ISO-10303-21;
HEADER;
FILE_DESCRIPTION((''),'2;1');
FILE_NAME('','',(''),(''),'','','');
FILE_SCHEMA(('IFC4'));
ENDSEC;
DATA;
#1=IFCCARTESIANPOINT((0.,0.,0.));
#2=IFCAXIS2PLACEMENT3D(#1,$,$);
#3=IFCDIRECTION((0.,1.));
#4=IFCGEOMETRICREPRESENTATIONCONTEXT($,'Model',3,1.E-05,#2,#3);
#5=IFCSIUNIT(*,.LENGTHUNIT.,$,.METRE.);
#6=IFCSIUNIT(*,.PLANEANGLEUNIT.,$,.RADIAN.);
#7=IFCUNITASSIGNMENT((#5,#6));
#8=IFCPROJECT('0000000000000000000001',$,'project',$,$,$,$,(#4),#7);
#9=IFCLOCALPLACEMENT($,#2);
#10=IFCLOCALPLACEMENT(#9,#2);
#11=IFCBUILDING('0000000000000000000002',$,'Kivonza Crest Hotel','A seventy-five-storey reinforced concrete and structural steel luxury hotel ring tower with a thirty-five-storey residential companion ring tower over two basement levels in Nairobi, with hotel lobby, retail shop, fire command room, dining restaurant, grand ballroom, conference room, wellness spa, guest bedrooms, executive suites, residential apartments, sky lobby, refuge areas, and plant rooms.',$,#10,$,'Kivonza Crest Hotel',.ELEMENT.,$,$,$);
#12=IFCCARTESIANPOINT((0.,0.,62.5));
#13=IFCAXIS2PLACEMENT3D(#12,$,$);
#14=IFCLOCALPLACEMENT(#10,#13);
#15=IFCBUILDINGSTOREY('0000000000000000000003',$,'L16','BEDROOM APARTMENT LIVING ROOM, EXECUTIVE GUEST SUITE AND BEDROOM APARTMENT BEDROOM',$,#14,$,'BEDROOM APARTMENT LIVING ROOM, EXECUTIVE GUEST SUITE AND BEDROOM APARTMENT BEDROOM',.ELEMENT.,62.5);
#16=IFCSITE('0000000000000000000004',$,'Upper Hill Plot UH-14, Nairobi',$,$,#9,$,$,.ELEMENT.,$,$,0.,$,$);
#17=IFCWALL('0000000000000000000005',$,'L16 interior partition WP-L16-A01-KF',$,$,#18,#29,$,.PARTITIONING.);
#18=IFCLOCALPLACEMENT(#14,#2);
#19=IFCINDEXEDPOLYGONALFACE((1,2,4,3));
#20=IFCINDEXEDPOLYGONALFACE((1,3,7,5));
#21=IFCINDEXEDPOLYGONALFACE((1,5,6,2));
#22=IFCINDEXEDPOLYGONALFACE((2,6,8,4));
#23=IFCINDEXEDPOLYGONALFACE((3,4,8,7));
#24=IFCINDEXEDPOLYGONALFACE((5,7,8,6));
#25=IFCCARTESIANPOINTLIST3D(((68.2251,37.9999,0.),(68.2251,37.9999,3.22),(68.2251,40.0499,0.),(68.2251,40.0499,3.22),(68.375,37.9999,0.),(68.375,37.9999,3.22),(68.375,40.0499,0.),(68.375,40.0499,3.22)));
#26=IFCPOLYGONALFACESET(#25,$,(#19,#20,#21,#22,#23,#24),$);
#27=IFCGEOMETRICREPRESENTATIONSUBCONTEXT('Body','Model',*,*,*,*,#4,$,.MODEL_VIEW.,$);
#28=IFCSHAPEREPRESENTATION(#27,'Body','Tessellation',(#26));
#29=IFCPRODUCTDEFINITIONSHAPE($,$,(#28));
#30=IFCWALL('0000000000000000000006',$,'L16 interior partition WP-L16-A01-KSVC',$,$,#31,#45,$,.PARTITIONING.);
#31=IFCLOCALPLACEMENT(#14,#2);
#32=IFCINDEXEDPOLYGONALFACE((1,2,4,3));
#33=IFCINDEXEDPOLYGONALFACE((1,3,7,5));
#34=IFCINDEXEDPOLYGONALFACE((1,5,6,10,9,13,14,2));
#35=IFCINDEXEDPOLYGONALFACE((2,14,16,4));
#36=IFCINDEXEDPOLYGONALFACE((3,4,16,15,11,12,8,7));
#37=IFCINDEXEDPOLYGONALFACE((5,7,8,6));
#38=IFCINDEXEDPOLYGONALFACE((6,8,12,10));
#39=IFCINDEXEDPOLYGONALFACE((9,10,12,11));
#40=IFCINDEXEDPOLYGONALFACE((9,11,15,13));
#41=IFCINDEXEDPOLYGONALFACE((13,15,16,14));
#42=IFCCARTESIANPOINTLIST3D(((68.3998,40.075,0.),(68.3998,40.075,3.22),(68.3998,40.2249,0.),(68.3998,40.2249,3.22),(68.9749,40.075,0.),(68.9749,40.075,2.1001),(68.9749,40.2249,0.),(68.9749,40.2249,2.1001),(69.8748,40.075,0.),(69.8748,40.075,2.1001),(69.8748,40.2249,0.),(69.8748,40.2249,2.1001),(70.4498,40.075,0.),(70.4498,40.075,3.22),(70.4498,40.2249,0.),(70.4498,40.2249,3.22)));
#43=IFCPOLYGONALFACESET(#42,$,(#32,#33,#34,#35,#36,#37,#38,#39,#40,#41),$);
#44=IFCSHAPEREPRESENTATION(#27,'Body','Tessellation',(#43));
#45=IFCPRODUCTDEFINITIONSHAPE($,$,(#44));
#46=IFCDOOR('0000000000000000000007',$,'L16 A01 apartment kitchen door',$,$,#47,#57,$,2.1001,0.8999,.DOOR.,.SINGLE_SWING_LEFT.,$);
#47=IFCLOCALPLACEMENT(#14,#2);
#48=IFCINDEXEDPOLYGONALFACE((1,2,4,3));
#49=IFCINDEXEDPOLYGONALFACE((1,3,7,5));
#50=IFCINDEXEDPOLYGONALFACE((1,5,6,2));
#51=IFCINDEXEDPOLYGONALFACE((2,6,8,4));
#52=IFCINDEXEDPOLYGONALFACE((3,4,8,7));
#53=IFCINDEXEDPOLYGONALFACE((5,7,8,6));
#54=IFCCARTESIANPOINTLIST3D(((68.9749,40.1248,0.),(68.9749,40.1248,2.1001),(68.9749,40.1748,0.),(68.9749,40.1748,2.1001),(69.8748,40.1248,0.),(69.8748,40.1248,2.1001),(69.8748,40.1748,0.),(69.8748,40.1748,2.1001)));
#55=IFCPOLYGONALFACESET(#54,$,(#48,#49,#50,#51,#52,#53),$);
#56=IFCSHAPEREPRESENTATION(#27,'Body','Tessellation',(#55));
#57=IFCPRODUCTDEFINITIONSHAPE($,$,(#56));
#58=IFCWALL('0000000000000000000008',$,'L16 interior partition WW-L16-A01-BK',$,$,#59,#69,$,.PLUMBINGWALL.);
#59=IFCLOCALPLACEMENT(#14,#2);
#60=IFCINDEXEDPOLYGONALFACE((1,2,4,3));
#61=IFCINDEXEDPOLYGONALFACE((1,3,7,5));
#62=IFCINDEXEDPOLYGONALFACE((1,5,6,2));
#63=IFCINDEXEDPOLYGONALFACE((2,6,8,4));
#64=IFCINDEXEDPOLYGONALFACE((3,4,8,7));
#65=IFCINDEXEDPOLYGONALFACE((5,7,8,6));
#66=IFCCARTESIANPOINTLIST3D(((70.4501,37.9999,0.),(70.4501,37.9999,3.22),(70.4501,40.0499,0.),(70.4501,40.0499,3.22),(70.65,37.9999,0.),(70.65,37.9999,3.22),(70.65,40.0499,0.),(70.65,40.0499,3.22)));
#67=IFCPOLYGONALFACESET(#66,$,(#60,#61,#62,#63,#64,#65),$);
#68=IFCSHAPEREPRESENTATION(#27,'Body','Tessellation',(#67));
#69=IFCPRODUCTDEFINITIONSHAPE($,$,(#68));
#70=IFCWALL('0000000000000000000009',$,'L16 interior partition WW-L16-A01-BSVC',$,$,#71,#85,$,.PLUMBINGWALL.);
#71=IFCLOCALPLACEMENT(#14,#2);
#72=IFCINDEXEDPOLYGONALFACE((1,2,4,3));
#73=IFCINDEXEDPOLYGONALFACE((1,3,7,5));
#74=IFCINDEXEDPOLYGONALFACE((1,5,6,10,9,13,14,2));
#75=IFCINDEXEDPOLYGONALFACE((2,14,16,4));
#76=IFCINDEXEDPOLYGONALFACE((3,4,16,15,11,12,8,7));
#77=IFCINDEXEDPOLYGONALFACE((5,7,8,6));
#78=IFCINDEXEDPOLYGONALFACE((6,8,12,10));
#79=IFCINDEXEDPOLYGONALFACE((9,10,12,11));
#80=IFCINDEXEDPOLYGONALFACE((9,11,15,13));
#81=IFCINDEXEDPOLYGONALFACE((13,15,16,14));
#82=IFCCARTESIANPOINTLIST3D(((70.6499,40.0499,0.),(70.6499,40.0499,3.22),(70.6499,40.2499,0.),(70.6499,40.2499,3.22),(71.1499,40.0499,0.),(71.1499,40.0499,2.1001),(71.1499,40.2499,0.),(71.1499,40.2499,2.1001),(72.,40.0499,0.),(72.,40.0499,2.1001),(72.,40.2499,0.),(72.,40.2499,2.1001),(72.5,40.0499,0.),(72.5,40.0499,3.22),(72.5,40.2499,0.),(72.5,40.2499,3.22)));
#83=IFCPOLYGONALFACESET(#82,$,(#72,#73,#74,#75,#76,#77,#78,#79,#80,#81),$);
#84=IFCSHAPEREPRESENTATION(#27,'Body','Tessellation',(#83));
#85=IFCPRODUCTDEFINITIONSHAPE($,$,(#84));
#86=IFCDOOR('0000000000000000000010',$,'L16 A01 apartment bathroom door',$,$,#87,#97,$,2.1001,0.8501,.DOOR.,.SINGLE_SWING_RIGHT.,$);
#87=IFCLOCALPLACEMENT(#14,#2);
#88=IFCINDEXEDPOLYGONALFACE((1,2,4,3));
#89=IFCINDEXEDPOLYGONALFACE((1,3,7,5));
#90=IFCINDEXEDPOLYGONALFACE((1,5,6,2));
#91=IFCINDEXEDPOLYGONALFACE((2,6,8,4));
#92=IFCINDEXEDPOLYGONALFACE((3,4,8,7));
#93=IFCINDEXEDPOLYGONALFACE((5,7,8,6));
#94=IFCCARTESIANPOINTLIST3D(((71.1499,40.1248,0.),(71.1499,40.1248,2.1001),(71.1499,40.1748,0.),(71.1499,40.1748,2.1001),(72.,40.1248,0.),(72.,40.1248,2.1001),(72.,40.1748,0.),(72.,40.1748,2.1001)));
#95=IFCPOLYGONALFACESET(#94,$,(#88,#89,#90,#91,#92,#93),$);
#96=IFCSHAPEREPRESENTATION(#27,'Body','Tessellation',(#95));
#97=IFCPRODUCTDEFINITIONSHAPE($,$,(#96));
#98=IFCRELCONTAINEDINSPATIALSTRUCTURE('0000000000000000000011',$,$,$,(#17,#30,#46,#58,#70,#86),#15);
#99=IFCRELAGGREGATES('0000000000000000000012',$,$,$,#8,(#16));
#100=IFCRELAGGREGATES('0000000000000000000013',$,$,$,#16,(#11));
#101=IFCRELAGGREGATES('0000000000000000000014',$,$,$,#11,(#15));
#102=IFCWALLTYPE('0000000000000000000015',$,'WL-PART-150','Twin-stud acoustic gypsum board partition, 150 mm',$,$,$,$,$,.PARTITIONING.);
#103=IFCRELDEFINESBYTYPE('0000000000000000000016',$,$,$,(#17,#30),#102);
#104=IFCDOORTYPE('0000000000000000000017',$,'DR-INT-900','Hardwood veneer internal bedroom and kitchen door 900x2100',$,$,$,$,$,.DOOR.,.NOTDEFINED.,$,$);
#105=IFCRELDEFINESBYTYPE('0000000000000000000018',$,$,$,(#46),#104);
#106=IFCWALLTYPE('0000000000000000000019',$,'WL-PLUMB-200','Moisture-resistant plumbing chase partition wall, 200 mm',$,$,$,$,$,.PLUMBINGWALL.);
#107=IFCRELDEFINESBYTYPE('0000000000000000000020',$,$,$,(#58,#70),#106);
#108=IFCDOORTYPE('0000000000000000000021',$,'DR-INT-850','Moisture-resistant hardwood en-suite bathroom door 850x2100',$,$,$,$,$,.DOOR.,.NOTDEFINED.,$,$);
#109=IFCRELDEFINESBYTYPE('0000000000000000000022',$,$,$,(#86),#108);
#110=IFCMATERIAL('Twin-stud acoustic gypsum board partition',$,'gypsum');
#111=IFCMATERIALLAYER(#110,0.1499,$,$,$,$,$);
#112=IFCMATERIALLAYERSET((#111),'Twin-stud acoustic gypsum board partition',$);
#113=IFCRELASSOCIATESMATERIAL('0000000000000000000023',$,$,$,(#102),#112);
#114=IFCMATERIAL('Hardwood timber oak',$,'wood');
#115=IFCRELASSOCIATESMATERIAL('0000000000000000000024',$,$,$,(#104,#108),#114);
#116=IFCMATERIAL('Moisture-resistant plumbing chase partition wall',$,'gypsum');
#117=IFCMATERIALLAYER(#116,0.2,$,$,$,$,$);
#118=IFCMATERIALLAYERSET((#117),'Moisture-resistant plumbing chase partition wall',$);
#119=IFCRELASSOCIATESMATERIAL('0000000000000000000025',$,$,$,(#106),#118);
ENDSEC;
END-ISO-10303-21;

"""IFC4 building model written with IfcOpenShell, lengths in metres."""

from ifc_helpers import new_model, si_unit, direction, frame, frame_2d, origin, place, context, subcontext, project, spatial, rectangle, extrude, material, layer, layer_set, type_object, element, fill, save


model = new_model("IFC4")

# Units and contexts
model_context = context("Model", 3, precision=1e-05, world=origin(), true_north=direction((0.0, 1.0)))
body_context = subcontext(model_context, "Body", "Model", "MODEL_VIEW")
ifc_project = project(units=[si_unit("LENGTHUNIT", "METRE"), si_unit("PLANEANGLEUNIT", "RADIAN")], contexts=[model_context])

# Site, building, storey
site_placement = place(None, origin())
site = spatial("IfcSite", under=ifc_project, at=site_placement, Name="Upper Hill Plot UH-14, Nairobi", CompositionType="ELEMENT", RefElevation=0.0)
building_placement = place(site_placement, origin())
building = spatial("IfcBuilding", under=site, at=building_placement, Name="Kivonza Crest Hotel", Description="A seventy-five-storey reinforced concrete and structural steel luxury hotel ring tower with a thirty-five-storey residential companion ring tower over two basement levels in Nairobi, with hotel lobby, retail shop, fire command room, dining restaurant, grand ballroom, conference room, wellness spa, guest bedrooms, executive suites, residential apartments, sky lobby, refuge areas, and plant rooms.", LongName="Kivonza Crest Hotel", CompositionType="ELEMENT")
storey_placement = place(building_placement, frame((0.0, 0.0, 62.5)))
storey = spatial("IfcBuildingStorey", under=building, at=storey_placement, Name="L16", Description="BEDROOM APARTMENT LIVING ROOM, EXECUTIVE GUEST SUITE AND BEDROOM APARTMENT BEDROOM", LongName="BEDROOM APARTMENT LIVING ROOM, EXECUTIVE GUEST SUITE AND BEDROOM APARTMENT BEDROOM", CompositionType="ELEMENT", Elevation=62.5)

# Shared definitions
ifc_material_1 = material(Name="Hardwood timber oak", Category="wood")

# Wall
ifc_material_2 = material(Name="Twin-stud acoustic gypsum board partition", Category="gypsum")
ifc_layer_1 = layer(ifc_material_2, 0.1499)
ifc_layer_set_1 = layer_set([ifc_layer_1], Name="Twin-stud acoustic gypsum board partition")
wall_type_1 = type_object("IfcWallType", Name="WL-PART-150", Description="Twin-stud acoustic gypsum board partition, 150 mm", PredefinedType="PARTITIONING", material=ifc_layer_set_1)
wall_1_placement = place(storey_placement, frame((68.3, 38.0, 0.0), z_axis=(0.0, 0.0, 1.0), x_axis=(0.0, 1.0, 0.0)))
element("IfcWall", 1, at=wall_1_placement, inside=storey, type_object=wall_type_1, Name="L16 interior partition WP-L16-A01-KF", PredefinedType="PARTITIONING", context=body_context, shape_type="SweptSolid", body=[
    extrude(rectangle(XDim=2.05, YDim=0.1499, at=frame_2d((1.0249, 0.0))), origin(), (0.0, 0.0, 1.0), 3.22),
])

# Wall, opening, door
wall_2_placement = place(storey_placement, frame((68.3999, 40.1499, 0.0), z_axis=(0.0, 0.0, 1.0), x_axis=(1.0, 0.0, 0.0)))
wall_2 = element("IfcWall", 2, at=wall_2_placement, inside=storey, type_object=wall_type_1, Name="L16 interior partition WP-L16-A01-KSVC", PredefinedType="PARTITIONING", context=body_context, shape_type="SweptSolid", body=[
    extrude(rectangle(XDim=2.05, YDim=0.1499, at=frame_2d((1.0249, 0.0))), origin(), (0.0, 0.0, 1.0), 3.22),
])
opening_1_placement = place(wall_2_placement, frame((0.575, 0.0, 0.0)))
opening_1 = element("IfcOpeningElement", 3, at=opening_1_placement, cuts=wall_2, PredefinedType="OPENING", context=body_context, shape_type="SweptSolid", body=[
    extrude(rectangle(XDim=0.8999, YDim=2.1001, at=frame_2d((0.45, 1.05))), frame((0.0, 0.085, 0.0), z_axis=(0.0, -1.0, 0.0), x_axis=(1.0, 0.0, 0.0)), (0.0, 0.0, 1.0), 0.1699),
])
door_type_1 = type_object("IfcDoorType", Name="DR-INT-900", Description="Hardwood veneer internal bedroom and kitchen door 900x2100", OperationType="NOTDEFINED", PredefinedType="DOOR", material=ifc_material_1)
door_1_placement = place(opening_1_placement, origin())
door_1 = element("IfcDoor", 4, at=door_1_placement, inside=storey, type_object=door_type_1, Name="L16 A01 apartment kitchen door", OperationType="SINGLE_SWING_LEFT", OverallHeight=2.1001, OverallWidth=0.8999, PredefinedType="DOOR", context=body_context, shape_type="SweptSolid", body=[
    extrude(rectangle(XDim=0.8999, YDim=2.1001, at=frame_2d((0.45, 1.05))), frame((0.0, 0.0249, 0.0), z_axis=(0.0, -1.0, 0.0), x_axis=(1.0, 0.0, 0.0)), (0.0, 0.0, 1.0), 0.05),
])
fill(opening_1, door_1)

# Wall
ifc_material_3 = material(Name="Moisture-resistant plumbing chase partition wall", Category="gypsum")
ifc_layer_2 = layer(ifc_material_3, 0.2)
ifc_layer_set_2 = layer_set([ifc_layer_2], Name="Moisture-resistant plumbing chase partition wall")
wall_type_2 = type_object("IfcWallType", Name="WL-PLUMB-200", Description="Moisture-resistant plumbing chase partition wall, 200 mm", PredefinedType="PLUMBINGWALL", material=ifc_layer_set_2)
wall_3_placement = place(storey_placement, frame((70.55, 38.0, 0.0), z_axis=(0.0, 0.0, 1.0), x_axis=(0.0, 1.0, 0.0)))
element("IfcWall", 5, at=wall_3_placement, inside=storey, type_object=wall_type_2, Name="L16 interior partition WW-L16-A01-BK", PredefinedType="PLUMBINGWALL", context=body_context, shape_type="SweptSolid", body=[
    extrude(rectangle(XDim=2.05, YDim=0.2, at=frame_2d((1.0249, 0.0))), origin(), (0.0, 0.0, 1.0), 3.22),
])

# Wall, opening, door
wall_4_placement = place(storey_placement, frame((70.6499, 40.1499, 0.0), z_axis=(0.0, 0.0, 1.0), x_axis=(1.0, 0.0, 0.0)))
wall_4 = element("IfcWall", 6, at=wall_4_placement, inside=storey, type_object=wall_type_2, Name="L16 interior partition WW-L16-A01-BSVC", PredefinedType="PLUMBINGWALL", context=body_context, shape_type="SweptSolid", body=[
    extrude(rectangle(XDim=1.8501, YDim=0.2, at=frame_2d((0.925, 0.0))), origin(), (0.0, 0.0, 1.0), 3.22),
])
opening_2_placement = place(wall_4_placement, frame((0.5, 0.0, 0.0)))
opening_2 = element("IfcOpeningElement", 7, at=opening_2_placement, cuts=wall_4, PredefinedType="OPENING", context=body_context, shape_type="SweptSolid", body=[
    extrude(rectangle(XDim=0.8501, YDim=2.1001, at=frame_2d((0.425, 1.05))), frame((0.0, 0.1099, 0.0), z_axis=(0.0, -1.0, 0.0), x_axis=(1.0, 0.0, 0.0)), (0.0, 0.0, 1.0), 0.22),
])
door_type_2 = type_object("IfcDoorType", Name="DR-INT-850", Description="Moisture-resistant hardwood en-suite bathroom door 850x2100", OperationType="NOTDEFINED", PredefinedType="DOOR", material=ifc_material_1)
door_2_placement = place(opening_2_placement, origin())
door_2 = element("IfcDoor", 8, at=door_2_placement, inside=storey, type_object=door_type_2, Name="L16 A01 apartment bathroom door", OperationType="SINGLE_SWING_RIGHT", OverallHeight=2.1001, OverallWidth=0.8501, PredefinedType="DOOR", context=body_context, shape_type="SweptSolid", body=[
    extrude(rectangle(XDim=0.8501, YDim=2.1001, at=frame_2d((0.425, 1.05))), frame((0.0, 0.0249, 0.0), z_axis=(0.0, -1.0, 0.0), x_axis=(1.0, 0.0, 0.0)), (0.0, 0.0, 1.0), 0.05),
])
fill(opening_2, door_2)

save(model, "model.ifc")
